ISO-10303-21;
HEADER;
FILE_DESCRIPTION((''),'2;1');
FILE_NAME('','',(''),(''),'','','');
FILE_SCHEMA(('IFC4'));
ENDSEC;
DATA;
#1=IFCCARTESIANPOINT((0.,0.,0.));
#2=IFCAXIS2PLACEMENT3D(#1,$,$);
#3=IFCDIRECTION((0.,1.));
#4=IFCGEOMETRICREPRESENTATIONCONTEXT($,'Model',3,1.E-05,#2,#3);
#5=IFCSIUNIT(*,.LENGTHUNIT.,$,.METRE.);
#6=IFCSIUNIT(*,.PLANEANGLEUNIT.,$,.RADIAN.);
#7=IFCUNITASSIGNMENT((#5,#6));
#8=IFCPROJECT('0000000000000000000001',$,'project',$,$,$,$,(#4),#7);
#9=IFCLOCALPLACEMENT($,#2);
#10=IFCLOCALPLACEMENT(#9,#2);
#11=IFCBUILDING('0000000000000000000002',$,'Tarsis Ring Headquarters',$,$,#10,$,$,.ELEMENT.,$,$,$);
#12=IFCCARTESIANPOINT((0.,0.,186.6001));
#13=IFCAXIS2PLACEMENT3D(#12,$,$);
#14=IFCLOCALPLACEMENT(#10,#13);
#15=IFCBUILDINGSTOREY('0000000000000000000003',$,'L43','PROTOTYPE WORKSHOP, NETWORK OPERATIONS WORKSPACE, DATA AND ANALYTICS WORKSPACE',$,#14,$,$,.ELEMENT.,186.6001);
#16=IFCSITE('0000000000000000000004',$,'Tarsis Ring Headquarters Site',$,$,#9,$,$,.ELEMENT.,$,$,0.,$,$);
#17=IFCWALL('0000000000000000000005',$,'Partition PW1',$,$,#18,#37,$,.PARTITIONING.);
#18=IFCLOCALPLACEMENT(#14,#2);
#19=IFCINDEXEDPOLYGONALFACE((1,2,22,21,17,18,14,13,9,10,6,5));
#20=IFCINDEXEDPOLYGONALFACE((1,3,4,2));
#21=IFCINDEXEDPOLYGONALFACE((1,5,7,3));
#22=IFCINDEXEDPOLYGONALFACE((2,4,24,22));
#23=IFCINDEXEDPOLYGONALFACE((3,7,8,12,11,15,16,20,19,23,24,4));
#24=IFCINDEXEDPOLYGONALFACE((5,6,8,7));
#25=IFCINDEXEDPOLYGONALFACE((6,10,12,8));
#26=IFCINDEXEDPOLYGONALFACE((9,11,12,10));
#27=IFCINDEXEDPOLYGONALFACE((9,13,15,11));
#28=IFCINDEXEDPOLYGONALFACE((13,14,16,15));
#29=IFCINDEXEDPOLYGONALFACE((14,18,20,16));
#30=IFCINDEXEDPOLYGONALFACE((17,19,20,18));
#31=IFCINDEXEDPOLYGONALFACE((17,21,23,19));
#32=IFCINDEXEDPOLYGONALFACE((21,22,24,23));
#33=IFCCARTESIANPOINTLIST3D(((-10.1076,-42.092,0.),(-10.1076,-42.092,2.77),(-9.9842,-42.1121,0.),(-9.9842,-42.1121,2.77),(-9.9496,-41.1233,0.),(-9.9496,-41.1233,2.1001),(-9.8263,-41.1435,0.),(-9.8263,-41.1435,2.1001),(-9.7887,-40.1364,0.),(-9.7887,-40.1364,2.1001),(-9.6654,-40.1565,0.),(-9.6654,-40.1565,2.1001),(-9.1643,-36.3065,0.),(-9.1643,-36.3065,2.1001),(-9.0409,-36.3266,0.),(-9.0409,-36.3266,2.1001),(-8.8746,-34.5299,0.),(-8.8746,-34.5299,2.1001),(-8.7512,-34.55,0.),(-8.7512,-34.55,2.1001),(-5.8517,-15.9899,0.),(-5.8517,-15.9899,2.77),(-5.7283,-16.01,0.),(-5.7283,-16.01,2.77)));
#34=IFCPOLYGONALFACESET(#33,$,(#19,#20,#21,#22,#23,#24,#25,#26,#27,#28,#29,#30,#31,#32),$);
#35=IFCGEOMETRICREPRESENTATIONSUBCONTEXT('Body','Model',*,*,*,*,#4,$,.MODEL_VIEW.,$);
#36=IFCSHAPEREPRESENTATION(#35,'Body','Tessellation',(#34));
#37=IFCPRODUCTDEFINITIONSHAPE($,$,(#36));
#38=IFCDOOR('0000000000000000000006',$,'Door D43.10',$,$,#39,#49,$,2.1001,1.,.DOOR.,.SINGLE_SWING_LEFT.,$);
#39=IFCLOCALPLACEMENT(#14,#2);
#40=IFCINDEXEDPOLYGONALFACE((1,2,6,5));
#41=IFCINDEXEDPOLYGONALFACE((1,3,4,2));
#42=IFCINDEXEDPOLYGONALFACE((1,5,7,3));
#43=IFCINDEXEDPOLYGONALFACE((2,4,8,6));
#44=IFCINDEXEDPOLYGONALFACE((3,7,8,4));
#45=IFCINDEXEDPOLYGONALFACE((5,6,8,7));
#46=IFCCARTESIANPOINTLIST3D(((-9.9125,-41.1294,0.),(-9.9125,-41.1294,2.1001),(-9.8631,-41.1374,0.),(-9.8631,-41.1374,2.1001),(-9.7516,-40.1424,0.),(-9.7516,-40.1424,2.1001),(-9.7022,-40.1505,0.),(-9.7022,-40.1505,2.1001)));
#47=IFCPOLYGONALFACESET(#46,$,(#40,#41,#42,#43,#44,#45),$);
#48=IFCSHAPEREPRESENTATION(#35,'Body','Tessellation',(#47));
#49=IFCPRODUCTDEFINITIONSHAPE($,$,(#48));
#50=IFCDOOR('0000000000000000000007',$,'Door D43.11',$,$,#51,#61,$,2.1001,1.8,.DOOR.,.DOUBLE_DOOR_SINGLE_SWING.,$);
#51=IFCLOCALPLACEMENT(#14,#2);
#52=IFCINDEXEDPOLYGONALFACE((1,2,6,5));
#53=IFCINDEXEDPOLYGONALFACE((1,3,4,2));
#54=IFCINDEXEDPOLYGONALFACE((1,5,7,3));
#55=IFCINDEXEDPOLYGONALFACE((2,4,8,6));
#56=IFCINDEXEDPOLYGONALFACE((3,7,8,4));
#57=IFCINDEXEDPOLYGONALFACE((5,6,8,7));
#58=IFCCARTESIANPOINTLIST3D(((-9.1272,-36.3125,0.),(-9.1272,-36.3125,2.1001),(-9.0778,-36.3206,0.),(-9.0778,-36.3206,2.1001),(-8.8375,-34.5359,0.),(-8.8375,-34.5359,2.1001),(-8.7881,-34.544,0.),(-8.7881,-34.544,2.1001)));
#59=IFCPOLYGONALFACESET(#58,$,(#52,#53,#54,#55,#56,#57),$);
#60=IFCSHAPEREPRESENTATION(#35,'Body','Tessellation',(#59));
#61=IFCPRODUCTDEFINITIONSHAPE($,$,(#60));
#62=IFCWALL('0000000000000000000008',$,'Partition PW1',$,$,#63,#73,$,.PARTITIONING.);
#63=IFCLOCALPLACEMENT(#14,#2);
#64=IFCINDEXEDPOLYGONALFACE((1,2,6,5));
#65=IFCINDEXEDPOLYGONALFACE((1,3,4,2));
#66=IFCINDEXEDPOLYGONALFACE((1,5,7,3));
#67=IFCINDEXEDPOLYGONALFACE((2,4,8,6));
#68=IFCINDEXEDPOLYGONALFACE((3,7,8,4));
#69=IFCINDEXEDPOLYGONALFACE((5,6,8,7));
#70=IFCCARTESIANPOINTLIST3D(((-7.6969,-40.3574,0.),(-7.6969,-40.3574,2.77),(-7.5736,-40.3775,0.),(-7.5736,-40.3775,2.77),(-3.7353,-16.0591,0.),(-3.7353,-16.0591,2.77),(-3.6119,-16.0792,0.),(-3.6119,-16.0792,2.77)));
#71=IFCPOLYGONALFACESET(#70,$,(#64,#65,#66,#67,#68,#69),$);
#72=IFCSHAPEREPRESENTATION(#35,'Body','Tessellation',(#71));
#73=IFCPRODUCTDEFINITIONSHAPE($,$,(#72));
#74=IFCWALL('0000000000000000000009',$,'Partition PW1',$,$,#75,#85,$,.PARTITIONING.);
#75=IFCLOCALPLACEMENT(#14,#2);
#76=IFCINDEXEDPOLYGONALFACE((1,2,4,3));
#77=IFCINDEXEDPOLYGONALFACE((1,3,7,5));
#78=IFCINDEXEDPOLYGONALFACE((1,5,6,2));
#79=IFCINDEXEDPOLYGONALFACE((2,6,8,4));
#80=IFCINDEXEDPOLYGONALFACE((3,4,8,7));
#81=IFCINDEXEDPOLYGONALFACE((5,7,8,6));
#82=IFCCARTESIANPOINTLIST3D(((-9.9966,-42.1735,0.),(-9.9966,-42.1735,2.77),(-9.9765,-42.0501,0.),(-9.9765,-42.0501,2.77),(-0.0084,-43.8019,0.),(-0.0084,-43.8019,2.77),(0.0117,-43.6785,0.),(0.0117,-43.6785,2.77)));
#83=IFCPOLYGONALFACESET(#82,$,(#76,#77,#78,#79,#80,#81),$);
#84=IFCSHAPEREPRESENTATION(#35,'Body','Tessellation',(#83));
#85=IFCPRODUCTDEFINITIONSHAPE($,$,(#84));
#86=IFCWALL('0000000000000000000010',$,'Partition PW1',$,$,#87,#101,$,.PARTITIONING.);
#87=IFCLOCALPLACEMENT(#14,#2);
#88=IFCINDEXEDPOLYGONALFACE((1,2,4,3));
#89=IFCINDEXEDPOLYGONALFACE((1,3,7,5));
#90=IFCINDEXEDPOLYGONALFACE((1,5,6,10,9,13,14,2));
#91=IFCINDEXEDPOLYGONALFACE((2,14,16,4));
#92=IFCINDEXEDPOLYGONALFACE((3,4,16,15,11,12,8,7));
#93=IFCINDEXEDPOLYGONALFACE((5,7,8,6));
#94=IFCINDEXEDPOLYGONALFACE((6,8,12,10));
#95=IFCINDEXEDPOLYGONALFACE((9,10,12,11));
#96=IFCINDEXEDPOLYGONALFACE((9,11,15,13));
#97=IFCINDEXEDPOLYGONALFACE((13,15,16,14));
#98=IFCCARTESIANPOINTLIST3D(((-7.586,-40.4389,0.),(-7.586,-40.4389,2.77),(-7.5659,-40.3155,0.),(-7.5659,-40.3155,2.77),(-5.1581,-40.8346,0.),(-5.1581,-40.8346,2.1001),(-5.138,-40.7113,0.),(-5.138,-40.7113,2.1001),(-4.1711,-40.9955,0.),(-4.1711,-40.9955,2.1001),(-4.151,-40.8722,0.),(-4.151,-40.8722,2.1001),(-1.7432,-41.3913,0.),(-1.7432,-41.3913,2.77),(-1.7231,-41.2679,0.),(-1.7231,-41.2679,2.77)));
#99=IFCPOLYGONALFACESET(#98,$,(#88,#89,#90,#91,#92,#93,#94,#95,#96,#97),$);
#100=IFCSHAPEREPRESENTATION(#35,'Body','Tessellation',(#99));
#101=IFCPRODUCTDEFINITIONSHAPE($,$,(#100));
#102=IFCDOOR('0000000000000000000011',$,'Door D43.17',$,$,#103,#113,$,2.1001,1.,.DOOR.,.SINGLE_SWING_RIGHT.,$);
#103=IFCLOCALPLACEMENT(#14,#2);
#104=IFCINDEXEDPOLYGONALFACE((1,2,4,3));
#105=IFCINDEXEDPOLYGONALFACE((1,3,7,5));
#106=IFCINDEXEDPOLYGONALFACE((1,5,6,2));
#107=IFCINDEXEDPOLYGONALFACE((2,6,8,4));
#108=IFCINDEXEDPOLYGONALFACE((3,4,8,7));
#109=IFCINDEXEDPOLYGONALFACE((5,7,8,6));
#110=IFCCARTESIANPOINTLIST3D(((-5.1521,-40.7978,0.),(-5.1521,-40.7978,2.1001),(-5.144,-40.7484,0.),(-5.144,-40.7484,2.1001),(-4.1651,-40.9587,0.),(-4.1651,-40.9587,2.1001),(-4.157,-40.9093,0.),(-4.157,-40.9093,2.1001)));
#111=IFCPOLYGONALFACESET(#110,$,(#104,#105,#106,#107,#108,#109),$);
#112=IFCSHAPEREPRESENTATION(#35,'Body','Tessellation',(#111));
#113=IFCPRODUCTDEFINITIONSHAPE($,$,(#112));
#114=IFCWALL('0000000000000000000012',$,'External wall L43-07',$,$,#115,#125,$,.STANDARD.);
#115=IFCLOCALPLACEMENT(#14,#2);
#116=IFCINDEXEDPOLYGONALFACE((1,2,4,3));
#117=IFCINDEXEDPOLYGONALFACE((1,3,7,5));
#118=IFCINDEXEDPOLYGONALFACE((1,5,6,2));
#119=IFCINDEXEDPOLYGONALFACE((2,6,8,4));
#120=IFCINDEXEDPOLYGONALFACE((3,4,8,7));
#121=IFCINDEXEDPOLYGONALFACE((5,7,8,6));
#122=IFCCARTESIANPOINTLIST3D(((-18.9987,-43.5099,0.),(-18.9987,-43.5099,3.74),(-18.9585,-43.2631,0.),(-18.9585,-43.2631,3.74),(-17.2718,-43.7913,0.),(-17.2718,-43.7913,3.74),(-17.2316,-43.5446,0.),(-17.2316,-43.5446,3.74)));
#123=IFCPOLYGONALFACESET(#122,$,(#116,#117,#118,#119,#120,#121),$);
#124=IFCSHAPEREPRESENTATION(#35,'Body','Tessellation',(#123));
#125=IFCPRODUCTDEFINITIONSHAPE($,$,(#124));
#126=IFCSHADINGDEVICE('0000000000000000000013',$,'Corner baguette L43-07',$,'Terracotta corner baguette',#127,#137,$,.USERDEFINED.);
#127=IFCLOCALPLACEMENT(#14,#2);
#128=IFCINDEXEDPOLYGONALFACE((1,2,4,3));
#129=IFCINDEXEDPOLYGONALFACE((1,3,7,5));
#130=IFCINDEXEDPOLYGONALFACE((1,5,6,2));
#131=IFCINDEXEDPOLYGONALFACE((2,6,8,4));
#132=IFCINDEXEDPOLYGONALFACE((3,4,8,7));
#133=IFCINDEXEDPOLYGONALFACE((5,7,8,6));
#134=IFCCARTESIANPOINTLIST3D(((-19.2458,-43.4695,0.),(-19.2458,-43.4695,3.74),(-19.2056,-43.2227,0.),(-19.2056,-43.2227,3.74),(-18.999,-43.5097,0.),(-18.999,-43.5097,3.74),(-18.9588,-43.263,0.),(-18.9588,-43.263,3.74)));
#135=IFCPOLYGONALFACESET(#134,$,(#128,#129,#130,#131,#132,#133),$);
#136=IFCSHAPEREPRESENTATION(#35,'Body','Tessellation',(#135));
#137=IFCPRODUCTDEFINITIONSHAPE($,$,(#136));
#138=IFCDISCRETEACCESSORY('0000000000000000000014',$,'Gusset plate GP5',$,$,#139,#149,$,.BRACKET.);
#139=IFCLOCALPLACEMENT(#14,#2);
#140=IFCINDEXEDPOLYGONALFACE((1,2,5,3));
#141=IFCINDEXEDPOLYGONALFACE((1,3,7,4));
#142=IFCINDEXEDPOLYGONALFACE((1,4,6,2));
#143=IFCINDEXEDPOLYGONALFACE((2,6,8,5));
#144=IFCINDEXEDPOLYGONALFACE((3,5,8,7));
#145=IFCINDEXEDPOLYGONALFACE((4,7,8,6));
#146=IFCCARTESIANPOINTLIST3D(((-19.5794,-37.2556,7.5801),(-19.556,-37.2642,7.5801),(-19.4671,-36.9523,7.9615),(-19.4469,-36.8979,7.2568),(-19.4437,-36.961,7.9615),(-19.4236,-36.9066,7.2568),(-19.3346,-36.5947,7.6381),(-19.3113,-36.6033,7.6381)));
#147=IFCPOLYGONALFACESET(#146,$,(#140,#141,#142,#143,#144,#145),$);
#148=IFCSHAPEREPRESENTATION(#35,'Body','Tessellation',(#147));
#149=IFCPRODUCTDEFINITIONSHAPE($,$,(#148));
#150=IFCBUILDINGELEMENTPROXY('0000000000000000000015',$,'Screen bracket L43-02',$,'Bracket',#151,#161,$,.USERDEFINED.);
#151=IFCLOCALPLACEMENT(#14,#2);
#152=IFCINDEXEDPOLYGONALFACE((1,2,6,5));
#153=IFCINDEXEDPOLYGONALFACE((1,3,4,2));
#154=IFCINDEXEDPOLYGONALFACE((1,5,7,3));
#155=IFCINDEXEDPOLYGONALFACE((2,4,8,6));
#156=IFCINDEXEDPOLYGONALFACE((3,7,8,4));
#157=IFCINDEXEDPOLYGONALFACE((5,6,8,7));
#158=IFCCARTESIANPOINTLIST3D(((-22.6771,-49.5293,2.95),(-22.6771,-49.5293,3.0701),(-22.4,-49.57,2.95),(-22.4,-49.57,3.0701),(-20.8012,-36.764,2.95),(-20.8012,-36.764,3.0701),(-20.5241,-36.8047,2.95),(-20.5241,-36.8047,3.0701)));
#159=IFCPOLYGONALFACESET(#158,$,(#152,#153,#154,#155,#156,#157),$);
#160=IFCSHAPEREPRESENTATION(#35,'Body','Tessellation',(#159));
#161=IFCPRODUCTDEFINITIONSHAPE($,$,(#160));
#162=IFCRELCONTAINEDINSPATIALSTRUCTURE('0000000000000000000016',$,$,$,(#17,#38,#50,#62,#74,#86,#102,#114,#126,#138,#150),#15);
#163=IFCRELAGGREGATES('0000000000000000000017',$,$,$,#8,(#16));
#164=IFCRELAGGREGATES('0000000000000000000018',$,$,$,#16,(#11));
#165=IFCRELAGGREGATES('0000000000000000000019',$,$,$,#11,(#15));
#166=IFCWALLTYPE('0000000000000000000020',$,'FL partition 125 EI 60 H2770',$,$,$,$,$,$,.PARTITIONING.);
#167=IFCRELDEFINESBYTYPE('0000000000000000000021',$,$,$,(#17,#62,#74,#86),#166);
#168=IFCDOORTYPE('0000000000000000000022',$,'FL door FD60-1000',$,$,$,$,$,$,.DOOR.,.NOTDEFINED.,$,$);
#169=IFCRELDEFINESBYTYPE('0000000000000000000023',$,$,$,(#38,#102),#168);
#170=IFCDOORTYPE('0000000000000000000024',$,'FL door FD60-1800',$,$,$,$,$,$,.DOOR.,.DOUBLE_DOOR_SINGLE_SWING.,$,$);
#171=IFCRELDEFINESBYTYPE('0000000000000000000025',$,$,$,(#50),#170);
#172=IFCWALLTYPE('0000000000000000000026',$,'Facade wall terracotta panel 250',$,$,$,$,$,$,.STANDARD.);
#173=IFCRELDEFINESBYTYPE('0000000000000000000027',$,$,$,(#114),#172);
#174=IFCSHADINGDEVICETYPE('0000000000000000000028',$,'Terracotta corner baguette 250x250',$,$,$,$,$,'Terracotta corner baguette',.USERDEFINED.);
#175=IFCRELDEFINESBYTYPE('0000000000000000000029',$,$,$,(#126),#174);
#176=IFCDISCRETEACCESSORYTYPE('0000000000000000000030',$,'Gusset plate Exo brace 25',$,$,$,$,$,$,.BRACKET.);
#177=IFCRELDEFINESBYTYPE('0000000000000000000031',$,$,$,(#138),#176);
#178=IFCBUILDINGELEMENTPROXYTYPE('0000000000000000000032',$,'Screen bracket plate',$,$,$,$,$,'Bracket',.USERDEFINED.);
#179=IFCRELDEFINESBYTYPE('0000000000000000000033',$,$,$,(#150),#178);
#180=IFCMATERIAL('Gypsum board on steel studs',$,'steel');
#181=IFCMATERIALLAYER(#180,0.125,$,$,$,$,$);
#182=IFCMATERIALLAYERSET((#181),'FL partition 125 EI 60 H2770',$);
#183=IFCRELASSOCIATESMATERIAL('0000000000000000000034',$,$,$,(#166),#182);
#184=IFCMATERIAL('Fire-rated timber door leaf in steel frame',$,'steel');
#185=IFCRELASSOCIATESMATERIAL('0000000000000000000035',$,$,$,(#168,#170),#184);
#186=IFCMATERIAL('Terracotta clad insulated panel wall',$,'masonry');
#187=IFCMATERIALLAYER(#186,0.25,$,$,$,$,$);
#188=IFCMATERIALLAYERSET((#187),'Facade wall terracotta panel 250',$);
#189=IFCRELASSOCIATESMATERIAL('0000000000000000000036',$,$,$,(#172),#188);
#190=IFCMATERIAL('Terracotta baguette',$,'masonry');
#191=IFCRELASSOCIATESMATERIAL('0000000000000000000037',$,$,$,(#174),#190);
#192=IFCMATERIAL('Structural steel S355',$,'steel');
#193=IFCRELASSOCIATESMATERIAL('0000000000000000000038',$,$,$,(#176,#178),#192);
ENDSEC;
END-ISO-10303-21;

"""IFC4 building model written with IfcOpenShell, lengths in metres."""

from ifc_helpers import new_model, si_unit, direction, frame, frame_2d, origin, origin_2d, place, context, subcontext, project, spatial, rectangle, extrude, material, layer, layer_set, material_profile, profile_set, type_object, element, fill, save


model = new_model("IFC4")

# Units and contexts
model_context = context("Model", 3, precision=1e-05, world=origin(), true_north=direction((0.0, 1.0)))
body_context = subcontext(model_context, "Body", "Model", "MODEL_VIEW")
ifc_project = project(units=[si_unit("LENGTHUNIT", "METRE"), si_unit("PLANEANGLEUNIT", "RADIAN")], contexts=[model_context])

# Site, building, storey
site_placement = place(None, origin())
site = spatial("IfcSite", under=ifc_project, at=site_placement, Name="Tarsis Ring Headquarters Site", CompositionType="ELEMENT", RefElevation=0.0)
building_placement = place(site_placement, origin())
building = spatial("IfcBuilding", under=site, at=building_placement, Name="Tarsis Ring Headquarters", CompositionType="ELEMENT")
storey_placement = place(building_placement, frame((0.0, 0.0, 186.6001)))
storey = spatial("IfcBuildingStorey", under=building, at=storey_placement, Name="L43", Description="PROTOTYPE WORKSHOP, NETWORK OPERATIONS WORKSPACE, DATA AND ANALYTICS WORKSPACE", CompositionType="ELEMENT", Elevation=186.6001)

# Shared definitions
ifc_material_1 = material(Name="Structural steel S355", Category="steel")

# Shared definitions
ifc_material_2 = material(Name="Gypsum board on steel studs", Category="steel")

# Wall, openings, doors
ifc_layer_1 = layer(ifc_material_2, 0.125)
ifc_layer_set_1 = layer_set([ifc_layer_1], Name="FL partition 125 EI 60 H2770")
wall_type_1 = type_object("IfcWallType", Name="FL partition 125 EI 60 H2770", PredefinedType="PARTITIONING", material=ifc_layer_set_1)
wall_1_placement = place(storey_placement, frame((-10.0459, -42.1021, 0.0), z_axis=(0.0, 0.0, 1.0), x_axis=(0.160922, 0.986967, 0.0)))
wall_1 = element("IfcWall", 1, at=wall_1_placement, inside=storey, type_object=wall_type_1, Name="Partition PW1", PredefinedType="PARTITIONING", context=body_context, shape_type="SweptSolid", body=[
    extrude(rectangle(XDim=26.4468, YDim=0.125, at=frame_2d((13.2234, 0.0))), origin(), (0.0, 0.0, 1.0), 2.77),
])
opening_1_placement = place(wall_1_placement, frame((0.9814, 0.0, 0.0)))
opening_1 = element("IfcOpeningElement", 2, at=opening_1_placement, cuts=wall_1, PredefinedType="OPENING", context=body_context, shape_type="SweptSolid", body=[
    extrude(rectangle(XDim=1.0, YDim=2.1001, at=frame_2d((0.5, 1.05))), frame((0.0, 0.0725, 0.0), z_axis=(0.0, -1.0, 0.0), x_axis=(1.0, 0.0, 0.0)), (0.0, 0.0, 1.0), 0.145),
])
opening_2_placement = place(wall_1_placement, frame((5.8621, 0.0, 0.0)))
opening_2 = element("IfcOpeningElement", 3, at=opening_2_placement, cuts=wall_1, PredefinedType="OPENING", context=body_context, shape_type="SweptSolid", body=[
    extrude(rectangle(XDim=1.8, YDim=2.1001, at=frame_2d((0.8999, 1.05))), frame((0.0, 0.0725, 0.0), z_axis=(0.0, -1.0, 0.0), x_axis=(1.0, 0.0, 0.0)), (0.0, 0.0, 1.0), 0.145),
])
ifc_material_3 = material(Name="Fire-rated timber door leaf in steel frame", Category="steel")
door_type_1 = type_object("IfcDoorType", Name="FL door FD60-1000", OperationType="NOTDEFINED", PredefinedType="DOOR", material=ifc_material_3)
door_1_placement = place(opening_1_placement, origin())
door_1 = element("IfcDoor", 4, at=door_1_placement, inside=storey, type_object=door_type_1, Name="Door D43.10", OperationType="SINGLE_SWING_LEFT", OverallHeight=2.1001, OverallWidth=1.0, PredefinedType="DOOR", context=body_context, shape_type="SweptSolid", body=[
    extrude(rectangle(XDim=1.0, YDim=2.1001, at=frame_2d((0.5, 1.05))), frame((0.0, 0.0249, 0.0), z_axis=(0.0, -1.0, 0.0), x_axis=(1.0, 0.0, 0.0)), (0.0, 0.0, 1.0), 0.05),
])
fill(opening_1, door_1)
door_type_2 = type_object("IfcDoorType", Name="FL door FD60-1800", OperationType="DOUBLE_DOOR_SINGLE_SWING", PredefinedType="DOOR", material=ifc_material_3)
door_2_placement = place(opening_2_placement, origin())
door_2 = element("IfcDoor", 5, at=door_2_placement, inside=storey, type_object=door_type_2, Name="Door D43.11", OperationType="DOUBLE_DOOR_SINGLE_SWING", OverallHeight=2.1001, OverallWidth=1.8, PredefinedType="DOOR", context=body_context, shape_type="SweptSolid", body=[
    extrude(rectangle(XDim=1.8, YDim=2.1001, at=frame_2d((0.8999, 1.05))), frame((0.0, 0.0249, 0.0), z_axis=(0.0, -1.0, 0.0), x_axis=(1.0, 0.0, 0.0)), (0.0, 0.0, 1.0), 0.05),
])
fill(opening_2, door_2)

# Walls
wall_2_placement = place(storey_placement, frame((-7.6353, -40.3674, 0.0), z_axis=(0.0, 0.0, 1.0), x_axis=(0.160918, 0.986968, 0.0)))
element("IfcWall", 6, at=wall_2_placement, inside=storey, type_object=wall_type_1, Name="Partition PW1", PredefinedType="PARTITIONING", context=body_context, shape_type="SweptSolid", body=[
    extrude(rectangle(XDim=24.6191, YDim=0.125, at=frame_2d((12.3096, 0.0))), origin(), (0.0, 0.0, 1.0), 2.77),
])
wall_3_placement = place(storey_placement, frame((-9.9866, -42.1118, 0.0), z_axis=(0.0, 0.0, 1.0), x_axis=(0.986969, -0.160908, 0.0)))
element("IfcWall", 7, at=wall_3_placement, inside=storey, type_object=wall_type_1, Name="Partition PW1", PredefinedType="PARTITIONING", context=body_context, shape_type="SweptSolid", body=[
    extrude(rectangle(XDim=10.1201, YDim=0.125, at=frame_2d((5.0601, 0.0))), origin(), (0.0, 0.0, 1.0), 2.77),
])

# Wall, opening, door
wall_4_placement = place(storey_placement, frame((-7.5759, -40.3772, 0.0), z_axis=(0.0, 0.0, 1.0), x_axis=(0.986974, -0.16088, 0.0)))
wall_4 = element("IfcWall", 8, at=wall_4_placement, inside=storey, type_object=wall_type_1, Name="Partition PW1", PredefinedType="PARTITIONING", context=body_context, shape_type="SweptSolid", body=[
    extrude(rectangle(XDim=5.9199, YDim=0.125, at=frame_2d((2.96, 0.0))), origin(), (0.0, 0.0, 1.0), 2.77),
])
opening_3_placement = place(wall_4_placement, frame((2.46, 0.0, 0.0)))
opening_3 = element("IfcOpeningElement", 9, at=opening_3_placement, cuts=wall_4, PredefinedType="OPENING", context=body_context, shape_type="SweptSolid", body=[
    extrude(rectangle(XDim=1.0, YDim=2.1001, at=frame_2d((0.5, 1.05))), frame((0.0, 0.0725, 0.0), z_axis=(0.0, -1.0, 0.0), x_axis=(1.0, 0.0, 0.0)), (0.0, 0.0, 1.0), 0.145),
])
door_3_placement = place(opening_3_placement, origin())
door_3 = element("IfcDoor", 10, at=door_3_placement, inside=storey, type_object=door_type_1, Name="Door D43.17", OperationType="SINGLE_SWING_RIGHT", OverallHeight=2.1001, OverallWidth=1.0, PredefinedType="DOOR", context=body_context, shape_type="SweptSolid", body=[
    extrude(rectangle(XDim=1.0, YDim=2.1001, at=frame_2d((0.5, 1.05))), frame((0.0, 0.0249, 0.0), z_axis=(0.0, -1.0, 0.0), x_axis=(1.0, 0.0, 0.0)), (0.0, 0.0, 1.0), 0.05),
])
fill(opening_3, door_3)

# Wall
ifc_material_4 = material(Name="Terracotta clad insulated panel wall", Category="masonry")
ifc_layer_2 = layer(ifc_material_4, 0.25)
ifc_layer_set_2 = layer_set([ifc_layer_2], Name="Facade wall terracotta panel 250")
wall_type_2 = type_object("IfcWallType", Name="Facade wall terracotta panel 250", PredefinedType="STANDARD", material=ifc_layer_set_2)
wall_5_placement = place(storey_placement, frame((-18.9788, -43.3865, 0.0), z_axis=(0.0, 0.0, 1.0), x_axis=(0.986976, -0.160868, 0.0)))
element("IfcWall", 11, at=wall_5_placement, inside=storey, type_object=wall_type_2, Name="External wall L43-07", PredefinedType="STANDARD", context=body_context, shape_type="SweptSolid", body=[
    extrude(rectangle(XDim=1.7498, YDim=0.25, at=frame_2d((0.875, 0.0))), origin(), (0.0, 0.0, 1.0), 3.74),
])

# Shading device
ifc_material_5 = material(Name="Terracotta baguette", Category="masonry")
shading_device_type_1 = type_object("IfcShadingDeviceType", Name="Terracotta corner baguette 250x250", ElementType="Terracotta corner baguette", PredefinedType="USERDEFINED", material=ifc_material_5)
shading_device_1_placement = place(storey_placement, frame((-19.1023, -43.3662, 0.0), z_axis=(0.0, 0.0, 1.0), x_axis=(-0.160915, -0.986968, 0.0)))
element("IfcShadingDevice", 12, at=shading_device_1_placement, inside=storey, type_object=shading_device_type_1, Name="Corner baguette L43-07", ObjectType="Terracotta corner baguette", PredefinedType="USERDEFINED", context=body_context, shape_type="SweptSolid", body=[
    extrude(rectangle(XDim=0.25, YDim=0.25, at=origin_2d()), origin(), (0.0, 0.0, 1.0), 3.74),
])

# Discrete accessory
ifc_material_profile_1 = material_profile(ifc_material_1, rectangle(XDim=0.0249, YDim=0.5, at=origin_2d()), Name="PL 25x500")
ifc_profile_set_1 = profile_set([ifc_material_profile_1], Name="Structural steel S355")
discrete_accessory_type = type_object("IfcDiscreteAccessoryType", Name="Gusset plate Exo brace 25", PredefinedType="BRACKET", material=ifc_profile_set_1)
discrete_accessory_placement = place(storey_placement, frame((-19.3892, -36.7778, 7.7998), z_axis=(-0.224617, -0.606467, -0.762722), x_axis=(0.937749, -0.347314, 0.0)))
element("IfcDiscreteAccessory", 13, at=discrete_accessory_placement, inside=storey, type_object=discrete_accessory_type, Name="Gusset plate GP5", PredefinedType="BRACKET", context=body_context, shape_type="SweptSolid", body=[
    extrude(rectangle(XDim=0.0249, YDim=0.5, at=origin_2d()), origin(), (0.0, 0.0, 1.0), 0.5),
])

# Building element proxy
building_element_proxy_type = type_object("IfcBuildingElementProxyType", Name="Screen bracket plate", ElementType="Bracket", PredefinedType="USERDEFINED", material=ifc_material_1)
proxy_placement = place(storey_placement, frame((-21.6006, -43.167, 2.95), z_axis=(0.0, 0.0, 1.0), x_axis=(-0.145392, -0.989374, 0.0)))
element("IfcBuildingElementProxy", 14, at=proxy_placement, inside=storey, type_object=building_element_proxy_type, Name="Screen bracket L43-02", ObjectType="Bracket", PredefinedType="USERDEFINED", context=body_context, shape_type="SweptSolid", body=[
    extrude(rectangle(XDim=12.9023, YDim=0.28, at=origin_2d()), origin(), (0.0, 0.0, 1.0), 0.1201),
])

save(model, "model.ifc")
